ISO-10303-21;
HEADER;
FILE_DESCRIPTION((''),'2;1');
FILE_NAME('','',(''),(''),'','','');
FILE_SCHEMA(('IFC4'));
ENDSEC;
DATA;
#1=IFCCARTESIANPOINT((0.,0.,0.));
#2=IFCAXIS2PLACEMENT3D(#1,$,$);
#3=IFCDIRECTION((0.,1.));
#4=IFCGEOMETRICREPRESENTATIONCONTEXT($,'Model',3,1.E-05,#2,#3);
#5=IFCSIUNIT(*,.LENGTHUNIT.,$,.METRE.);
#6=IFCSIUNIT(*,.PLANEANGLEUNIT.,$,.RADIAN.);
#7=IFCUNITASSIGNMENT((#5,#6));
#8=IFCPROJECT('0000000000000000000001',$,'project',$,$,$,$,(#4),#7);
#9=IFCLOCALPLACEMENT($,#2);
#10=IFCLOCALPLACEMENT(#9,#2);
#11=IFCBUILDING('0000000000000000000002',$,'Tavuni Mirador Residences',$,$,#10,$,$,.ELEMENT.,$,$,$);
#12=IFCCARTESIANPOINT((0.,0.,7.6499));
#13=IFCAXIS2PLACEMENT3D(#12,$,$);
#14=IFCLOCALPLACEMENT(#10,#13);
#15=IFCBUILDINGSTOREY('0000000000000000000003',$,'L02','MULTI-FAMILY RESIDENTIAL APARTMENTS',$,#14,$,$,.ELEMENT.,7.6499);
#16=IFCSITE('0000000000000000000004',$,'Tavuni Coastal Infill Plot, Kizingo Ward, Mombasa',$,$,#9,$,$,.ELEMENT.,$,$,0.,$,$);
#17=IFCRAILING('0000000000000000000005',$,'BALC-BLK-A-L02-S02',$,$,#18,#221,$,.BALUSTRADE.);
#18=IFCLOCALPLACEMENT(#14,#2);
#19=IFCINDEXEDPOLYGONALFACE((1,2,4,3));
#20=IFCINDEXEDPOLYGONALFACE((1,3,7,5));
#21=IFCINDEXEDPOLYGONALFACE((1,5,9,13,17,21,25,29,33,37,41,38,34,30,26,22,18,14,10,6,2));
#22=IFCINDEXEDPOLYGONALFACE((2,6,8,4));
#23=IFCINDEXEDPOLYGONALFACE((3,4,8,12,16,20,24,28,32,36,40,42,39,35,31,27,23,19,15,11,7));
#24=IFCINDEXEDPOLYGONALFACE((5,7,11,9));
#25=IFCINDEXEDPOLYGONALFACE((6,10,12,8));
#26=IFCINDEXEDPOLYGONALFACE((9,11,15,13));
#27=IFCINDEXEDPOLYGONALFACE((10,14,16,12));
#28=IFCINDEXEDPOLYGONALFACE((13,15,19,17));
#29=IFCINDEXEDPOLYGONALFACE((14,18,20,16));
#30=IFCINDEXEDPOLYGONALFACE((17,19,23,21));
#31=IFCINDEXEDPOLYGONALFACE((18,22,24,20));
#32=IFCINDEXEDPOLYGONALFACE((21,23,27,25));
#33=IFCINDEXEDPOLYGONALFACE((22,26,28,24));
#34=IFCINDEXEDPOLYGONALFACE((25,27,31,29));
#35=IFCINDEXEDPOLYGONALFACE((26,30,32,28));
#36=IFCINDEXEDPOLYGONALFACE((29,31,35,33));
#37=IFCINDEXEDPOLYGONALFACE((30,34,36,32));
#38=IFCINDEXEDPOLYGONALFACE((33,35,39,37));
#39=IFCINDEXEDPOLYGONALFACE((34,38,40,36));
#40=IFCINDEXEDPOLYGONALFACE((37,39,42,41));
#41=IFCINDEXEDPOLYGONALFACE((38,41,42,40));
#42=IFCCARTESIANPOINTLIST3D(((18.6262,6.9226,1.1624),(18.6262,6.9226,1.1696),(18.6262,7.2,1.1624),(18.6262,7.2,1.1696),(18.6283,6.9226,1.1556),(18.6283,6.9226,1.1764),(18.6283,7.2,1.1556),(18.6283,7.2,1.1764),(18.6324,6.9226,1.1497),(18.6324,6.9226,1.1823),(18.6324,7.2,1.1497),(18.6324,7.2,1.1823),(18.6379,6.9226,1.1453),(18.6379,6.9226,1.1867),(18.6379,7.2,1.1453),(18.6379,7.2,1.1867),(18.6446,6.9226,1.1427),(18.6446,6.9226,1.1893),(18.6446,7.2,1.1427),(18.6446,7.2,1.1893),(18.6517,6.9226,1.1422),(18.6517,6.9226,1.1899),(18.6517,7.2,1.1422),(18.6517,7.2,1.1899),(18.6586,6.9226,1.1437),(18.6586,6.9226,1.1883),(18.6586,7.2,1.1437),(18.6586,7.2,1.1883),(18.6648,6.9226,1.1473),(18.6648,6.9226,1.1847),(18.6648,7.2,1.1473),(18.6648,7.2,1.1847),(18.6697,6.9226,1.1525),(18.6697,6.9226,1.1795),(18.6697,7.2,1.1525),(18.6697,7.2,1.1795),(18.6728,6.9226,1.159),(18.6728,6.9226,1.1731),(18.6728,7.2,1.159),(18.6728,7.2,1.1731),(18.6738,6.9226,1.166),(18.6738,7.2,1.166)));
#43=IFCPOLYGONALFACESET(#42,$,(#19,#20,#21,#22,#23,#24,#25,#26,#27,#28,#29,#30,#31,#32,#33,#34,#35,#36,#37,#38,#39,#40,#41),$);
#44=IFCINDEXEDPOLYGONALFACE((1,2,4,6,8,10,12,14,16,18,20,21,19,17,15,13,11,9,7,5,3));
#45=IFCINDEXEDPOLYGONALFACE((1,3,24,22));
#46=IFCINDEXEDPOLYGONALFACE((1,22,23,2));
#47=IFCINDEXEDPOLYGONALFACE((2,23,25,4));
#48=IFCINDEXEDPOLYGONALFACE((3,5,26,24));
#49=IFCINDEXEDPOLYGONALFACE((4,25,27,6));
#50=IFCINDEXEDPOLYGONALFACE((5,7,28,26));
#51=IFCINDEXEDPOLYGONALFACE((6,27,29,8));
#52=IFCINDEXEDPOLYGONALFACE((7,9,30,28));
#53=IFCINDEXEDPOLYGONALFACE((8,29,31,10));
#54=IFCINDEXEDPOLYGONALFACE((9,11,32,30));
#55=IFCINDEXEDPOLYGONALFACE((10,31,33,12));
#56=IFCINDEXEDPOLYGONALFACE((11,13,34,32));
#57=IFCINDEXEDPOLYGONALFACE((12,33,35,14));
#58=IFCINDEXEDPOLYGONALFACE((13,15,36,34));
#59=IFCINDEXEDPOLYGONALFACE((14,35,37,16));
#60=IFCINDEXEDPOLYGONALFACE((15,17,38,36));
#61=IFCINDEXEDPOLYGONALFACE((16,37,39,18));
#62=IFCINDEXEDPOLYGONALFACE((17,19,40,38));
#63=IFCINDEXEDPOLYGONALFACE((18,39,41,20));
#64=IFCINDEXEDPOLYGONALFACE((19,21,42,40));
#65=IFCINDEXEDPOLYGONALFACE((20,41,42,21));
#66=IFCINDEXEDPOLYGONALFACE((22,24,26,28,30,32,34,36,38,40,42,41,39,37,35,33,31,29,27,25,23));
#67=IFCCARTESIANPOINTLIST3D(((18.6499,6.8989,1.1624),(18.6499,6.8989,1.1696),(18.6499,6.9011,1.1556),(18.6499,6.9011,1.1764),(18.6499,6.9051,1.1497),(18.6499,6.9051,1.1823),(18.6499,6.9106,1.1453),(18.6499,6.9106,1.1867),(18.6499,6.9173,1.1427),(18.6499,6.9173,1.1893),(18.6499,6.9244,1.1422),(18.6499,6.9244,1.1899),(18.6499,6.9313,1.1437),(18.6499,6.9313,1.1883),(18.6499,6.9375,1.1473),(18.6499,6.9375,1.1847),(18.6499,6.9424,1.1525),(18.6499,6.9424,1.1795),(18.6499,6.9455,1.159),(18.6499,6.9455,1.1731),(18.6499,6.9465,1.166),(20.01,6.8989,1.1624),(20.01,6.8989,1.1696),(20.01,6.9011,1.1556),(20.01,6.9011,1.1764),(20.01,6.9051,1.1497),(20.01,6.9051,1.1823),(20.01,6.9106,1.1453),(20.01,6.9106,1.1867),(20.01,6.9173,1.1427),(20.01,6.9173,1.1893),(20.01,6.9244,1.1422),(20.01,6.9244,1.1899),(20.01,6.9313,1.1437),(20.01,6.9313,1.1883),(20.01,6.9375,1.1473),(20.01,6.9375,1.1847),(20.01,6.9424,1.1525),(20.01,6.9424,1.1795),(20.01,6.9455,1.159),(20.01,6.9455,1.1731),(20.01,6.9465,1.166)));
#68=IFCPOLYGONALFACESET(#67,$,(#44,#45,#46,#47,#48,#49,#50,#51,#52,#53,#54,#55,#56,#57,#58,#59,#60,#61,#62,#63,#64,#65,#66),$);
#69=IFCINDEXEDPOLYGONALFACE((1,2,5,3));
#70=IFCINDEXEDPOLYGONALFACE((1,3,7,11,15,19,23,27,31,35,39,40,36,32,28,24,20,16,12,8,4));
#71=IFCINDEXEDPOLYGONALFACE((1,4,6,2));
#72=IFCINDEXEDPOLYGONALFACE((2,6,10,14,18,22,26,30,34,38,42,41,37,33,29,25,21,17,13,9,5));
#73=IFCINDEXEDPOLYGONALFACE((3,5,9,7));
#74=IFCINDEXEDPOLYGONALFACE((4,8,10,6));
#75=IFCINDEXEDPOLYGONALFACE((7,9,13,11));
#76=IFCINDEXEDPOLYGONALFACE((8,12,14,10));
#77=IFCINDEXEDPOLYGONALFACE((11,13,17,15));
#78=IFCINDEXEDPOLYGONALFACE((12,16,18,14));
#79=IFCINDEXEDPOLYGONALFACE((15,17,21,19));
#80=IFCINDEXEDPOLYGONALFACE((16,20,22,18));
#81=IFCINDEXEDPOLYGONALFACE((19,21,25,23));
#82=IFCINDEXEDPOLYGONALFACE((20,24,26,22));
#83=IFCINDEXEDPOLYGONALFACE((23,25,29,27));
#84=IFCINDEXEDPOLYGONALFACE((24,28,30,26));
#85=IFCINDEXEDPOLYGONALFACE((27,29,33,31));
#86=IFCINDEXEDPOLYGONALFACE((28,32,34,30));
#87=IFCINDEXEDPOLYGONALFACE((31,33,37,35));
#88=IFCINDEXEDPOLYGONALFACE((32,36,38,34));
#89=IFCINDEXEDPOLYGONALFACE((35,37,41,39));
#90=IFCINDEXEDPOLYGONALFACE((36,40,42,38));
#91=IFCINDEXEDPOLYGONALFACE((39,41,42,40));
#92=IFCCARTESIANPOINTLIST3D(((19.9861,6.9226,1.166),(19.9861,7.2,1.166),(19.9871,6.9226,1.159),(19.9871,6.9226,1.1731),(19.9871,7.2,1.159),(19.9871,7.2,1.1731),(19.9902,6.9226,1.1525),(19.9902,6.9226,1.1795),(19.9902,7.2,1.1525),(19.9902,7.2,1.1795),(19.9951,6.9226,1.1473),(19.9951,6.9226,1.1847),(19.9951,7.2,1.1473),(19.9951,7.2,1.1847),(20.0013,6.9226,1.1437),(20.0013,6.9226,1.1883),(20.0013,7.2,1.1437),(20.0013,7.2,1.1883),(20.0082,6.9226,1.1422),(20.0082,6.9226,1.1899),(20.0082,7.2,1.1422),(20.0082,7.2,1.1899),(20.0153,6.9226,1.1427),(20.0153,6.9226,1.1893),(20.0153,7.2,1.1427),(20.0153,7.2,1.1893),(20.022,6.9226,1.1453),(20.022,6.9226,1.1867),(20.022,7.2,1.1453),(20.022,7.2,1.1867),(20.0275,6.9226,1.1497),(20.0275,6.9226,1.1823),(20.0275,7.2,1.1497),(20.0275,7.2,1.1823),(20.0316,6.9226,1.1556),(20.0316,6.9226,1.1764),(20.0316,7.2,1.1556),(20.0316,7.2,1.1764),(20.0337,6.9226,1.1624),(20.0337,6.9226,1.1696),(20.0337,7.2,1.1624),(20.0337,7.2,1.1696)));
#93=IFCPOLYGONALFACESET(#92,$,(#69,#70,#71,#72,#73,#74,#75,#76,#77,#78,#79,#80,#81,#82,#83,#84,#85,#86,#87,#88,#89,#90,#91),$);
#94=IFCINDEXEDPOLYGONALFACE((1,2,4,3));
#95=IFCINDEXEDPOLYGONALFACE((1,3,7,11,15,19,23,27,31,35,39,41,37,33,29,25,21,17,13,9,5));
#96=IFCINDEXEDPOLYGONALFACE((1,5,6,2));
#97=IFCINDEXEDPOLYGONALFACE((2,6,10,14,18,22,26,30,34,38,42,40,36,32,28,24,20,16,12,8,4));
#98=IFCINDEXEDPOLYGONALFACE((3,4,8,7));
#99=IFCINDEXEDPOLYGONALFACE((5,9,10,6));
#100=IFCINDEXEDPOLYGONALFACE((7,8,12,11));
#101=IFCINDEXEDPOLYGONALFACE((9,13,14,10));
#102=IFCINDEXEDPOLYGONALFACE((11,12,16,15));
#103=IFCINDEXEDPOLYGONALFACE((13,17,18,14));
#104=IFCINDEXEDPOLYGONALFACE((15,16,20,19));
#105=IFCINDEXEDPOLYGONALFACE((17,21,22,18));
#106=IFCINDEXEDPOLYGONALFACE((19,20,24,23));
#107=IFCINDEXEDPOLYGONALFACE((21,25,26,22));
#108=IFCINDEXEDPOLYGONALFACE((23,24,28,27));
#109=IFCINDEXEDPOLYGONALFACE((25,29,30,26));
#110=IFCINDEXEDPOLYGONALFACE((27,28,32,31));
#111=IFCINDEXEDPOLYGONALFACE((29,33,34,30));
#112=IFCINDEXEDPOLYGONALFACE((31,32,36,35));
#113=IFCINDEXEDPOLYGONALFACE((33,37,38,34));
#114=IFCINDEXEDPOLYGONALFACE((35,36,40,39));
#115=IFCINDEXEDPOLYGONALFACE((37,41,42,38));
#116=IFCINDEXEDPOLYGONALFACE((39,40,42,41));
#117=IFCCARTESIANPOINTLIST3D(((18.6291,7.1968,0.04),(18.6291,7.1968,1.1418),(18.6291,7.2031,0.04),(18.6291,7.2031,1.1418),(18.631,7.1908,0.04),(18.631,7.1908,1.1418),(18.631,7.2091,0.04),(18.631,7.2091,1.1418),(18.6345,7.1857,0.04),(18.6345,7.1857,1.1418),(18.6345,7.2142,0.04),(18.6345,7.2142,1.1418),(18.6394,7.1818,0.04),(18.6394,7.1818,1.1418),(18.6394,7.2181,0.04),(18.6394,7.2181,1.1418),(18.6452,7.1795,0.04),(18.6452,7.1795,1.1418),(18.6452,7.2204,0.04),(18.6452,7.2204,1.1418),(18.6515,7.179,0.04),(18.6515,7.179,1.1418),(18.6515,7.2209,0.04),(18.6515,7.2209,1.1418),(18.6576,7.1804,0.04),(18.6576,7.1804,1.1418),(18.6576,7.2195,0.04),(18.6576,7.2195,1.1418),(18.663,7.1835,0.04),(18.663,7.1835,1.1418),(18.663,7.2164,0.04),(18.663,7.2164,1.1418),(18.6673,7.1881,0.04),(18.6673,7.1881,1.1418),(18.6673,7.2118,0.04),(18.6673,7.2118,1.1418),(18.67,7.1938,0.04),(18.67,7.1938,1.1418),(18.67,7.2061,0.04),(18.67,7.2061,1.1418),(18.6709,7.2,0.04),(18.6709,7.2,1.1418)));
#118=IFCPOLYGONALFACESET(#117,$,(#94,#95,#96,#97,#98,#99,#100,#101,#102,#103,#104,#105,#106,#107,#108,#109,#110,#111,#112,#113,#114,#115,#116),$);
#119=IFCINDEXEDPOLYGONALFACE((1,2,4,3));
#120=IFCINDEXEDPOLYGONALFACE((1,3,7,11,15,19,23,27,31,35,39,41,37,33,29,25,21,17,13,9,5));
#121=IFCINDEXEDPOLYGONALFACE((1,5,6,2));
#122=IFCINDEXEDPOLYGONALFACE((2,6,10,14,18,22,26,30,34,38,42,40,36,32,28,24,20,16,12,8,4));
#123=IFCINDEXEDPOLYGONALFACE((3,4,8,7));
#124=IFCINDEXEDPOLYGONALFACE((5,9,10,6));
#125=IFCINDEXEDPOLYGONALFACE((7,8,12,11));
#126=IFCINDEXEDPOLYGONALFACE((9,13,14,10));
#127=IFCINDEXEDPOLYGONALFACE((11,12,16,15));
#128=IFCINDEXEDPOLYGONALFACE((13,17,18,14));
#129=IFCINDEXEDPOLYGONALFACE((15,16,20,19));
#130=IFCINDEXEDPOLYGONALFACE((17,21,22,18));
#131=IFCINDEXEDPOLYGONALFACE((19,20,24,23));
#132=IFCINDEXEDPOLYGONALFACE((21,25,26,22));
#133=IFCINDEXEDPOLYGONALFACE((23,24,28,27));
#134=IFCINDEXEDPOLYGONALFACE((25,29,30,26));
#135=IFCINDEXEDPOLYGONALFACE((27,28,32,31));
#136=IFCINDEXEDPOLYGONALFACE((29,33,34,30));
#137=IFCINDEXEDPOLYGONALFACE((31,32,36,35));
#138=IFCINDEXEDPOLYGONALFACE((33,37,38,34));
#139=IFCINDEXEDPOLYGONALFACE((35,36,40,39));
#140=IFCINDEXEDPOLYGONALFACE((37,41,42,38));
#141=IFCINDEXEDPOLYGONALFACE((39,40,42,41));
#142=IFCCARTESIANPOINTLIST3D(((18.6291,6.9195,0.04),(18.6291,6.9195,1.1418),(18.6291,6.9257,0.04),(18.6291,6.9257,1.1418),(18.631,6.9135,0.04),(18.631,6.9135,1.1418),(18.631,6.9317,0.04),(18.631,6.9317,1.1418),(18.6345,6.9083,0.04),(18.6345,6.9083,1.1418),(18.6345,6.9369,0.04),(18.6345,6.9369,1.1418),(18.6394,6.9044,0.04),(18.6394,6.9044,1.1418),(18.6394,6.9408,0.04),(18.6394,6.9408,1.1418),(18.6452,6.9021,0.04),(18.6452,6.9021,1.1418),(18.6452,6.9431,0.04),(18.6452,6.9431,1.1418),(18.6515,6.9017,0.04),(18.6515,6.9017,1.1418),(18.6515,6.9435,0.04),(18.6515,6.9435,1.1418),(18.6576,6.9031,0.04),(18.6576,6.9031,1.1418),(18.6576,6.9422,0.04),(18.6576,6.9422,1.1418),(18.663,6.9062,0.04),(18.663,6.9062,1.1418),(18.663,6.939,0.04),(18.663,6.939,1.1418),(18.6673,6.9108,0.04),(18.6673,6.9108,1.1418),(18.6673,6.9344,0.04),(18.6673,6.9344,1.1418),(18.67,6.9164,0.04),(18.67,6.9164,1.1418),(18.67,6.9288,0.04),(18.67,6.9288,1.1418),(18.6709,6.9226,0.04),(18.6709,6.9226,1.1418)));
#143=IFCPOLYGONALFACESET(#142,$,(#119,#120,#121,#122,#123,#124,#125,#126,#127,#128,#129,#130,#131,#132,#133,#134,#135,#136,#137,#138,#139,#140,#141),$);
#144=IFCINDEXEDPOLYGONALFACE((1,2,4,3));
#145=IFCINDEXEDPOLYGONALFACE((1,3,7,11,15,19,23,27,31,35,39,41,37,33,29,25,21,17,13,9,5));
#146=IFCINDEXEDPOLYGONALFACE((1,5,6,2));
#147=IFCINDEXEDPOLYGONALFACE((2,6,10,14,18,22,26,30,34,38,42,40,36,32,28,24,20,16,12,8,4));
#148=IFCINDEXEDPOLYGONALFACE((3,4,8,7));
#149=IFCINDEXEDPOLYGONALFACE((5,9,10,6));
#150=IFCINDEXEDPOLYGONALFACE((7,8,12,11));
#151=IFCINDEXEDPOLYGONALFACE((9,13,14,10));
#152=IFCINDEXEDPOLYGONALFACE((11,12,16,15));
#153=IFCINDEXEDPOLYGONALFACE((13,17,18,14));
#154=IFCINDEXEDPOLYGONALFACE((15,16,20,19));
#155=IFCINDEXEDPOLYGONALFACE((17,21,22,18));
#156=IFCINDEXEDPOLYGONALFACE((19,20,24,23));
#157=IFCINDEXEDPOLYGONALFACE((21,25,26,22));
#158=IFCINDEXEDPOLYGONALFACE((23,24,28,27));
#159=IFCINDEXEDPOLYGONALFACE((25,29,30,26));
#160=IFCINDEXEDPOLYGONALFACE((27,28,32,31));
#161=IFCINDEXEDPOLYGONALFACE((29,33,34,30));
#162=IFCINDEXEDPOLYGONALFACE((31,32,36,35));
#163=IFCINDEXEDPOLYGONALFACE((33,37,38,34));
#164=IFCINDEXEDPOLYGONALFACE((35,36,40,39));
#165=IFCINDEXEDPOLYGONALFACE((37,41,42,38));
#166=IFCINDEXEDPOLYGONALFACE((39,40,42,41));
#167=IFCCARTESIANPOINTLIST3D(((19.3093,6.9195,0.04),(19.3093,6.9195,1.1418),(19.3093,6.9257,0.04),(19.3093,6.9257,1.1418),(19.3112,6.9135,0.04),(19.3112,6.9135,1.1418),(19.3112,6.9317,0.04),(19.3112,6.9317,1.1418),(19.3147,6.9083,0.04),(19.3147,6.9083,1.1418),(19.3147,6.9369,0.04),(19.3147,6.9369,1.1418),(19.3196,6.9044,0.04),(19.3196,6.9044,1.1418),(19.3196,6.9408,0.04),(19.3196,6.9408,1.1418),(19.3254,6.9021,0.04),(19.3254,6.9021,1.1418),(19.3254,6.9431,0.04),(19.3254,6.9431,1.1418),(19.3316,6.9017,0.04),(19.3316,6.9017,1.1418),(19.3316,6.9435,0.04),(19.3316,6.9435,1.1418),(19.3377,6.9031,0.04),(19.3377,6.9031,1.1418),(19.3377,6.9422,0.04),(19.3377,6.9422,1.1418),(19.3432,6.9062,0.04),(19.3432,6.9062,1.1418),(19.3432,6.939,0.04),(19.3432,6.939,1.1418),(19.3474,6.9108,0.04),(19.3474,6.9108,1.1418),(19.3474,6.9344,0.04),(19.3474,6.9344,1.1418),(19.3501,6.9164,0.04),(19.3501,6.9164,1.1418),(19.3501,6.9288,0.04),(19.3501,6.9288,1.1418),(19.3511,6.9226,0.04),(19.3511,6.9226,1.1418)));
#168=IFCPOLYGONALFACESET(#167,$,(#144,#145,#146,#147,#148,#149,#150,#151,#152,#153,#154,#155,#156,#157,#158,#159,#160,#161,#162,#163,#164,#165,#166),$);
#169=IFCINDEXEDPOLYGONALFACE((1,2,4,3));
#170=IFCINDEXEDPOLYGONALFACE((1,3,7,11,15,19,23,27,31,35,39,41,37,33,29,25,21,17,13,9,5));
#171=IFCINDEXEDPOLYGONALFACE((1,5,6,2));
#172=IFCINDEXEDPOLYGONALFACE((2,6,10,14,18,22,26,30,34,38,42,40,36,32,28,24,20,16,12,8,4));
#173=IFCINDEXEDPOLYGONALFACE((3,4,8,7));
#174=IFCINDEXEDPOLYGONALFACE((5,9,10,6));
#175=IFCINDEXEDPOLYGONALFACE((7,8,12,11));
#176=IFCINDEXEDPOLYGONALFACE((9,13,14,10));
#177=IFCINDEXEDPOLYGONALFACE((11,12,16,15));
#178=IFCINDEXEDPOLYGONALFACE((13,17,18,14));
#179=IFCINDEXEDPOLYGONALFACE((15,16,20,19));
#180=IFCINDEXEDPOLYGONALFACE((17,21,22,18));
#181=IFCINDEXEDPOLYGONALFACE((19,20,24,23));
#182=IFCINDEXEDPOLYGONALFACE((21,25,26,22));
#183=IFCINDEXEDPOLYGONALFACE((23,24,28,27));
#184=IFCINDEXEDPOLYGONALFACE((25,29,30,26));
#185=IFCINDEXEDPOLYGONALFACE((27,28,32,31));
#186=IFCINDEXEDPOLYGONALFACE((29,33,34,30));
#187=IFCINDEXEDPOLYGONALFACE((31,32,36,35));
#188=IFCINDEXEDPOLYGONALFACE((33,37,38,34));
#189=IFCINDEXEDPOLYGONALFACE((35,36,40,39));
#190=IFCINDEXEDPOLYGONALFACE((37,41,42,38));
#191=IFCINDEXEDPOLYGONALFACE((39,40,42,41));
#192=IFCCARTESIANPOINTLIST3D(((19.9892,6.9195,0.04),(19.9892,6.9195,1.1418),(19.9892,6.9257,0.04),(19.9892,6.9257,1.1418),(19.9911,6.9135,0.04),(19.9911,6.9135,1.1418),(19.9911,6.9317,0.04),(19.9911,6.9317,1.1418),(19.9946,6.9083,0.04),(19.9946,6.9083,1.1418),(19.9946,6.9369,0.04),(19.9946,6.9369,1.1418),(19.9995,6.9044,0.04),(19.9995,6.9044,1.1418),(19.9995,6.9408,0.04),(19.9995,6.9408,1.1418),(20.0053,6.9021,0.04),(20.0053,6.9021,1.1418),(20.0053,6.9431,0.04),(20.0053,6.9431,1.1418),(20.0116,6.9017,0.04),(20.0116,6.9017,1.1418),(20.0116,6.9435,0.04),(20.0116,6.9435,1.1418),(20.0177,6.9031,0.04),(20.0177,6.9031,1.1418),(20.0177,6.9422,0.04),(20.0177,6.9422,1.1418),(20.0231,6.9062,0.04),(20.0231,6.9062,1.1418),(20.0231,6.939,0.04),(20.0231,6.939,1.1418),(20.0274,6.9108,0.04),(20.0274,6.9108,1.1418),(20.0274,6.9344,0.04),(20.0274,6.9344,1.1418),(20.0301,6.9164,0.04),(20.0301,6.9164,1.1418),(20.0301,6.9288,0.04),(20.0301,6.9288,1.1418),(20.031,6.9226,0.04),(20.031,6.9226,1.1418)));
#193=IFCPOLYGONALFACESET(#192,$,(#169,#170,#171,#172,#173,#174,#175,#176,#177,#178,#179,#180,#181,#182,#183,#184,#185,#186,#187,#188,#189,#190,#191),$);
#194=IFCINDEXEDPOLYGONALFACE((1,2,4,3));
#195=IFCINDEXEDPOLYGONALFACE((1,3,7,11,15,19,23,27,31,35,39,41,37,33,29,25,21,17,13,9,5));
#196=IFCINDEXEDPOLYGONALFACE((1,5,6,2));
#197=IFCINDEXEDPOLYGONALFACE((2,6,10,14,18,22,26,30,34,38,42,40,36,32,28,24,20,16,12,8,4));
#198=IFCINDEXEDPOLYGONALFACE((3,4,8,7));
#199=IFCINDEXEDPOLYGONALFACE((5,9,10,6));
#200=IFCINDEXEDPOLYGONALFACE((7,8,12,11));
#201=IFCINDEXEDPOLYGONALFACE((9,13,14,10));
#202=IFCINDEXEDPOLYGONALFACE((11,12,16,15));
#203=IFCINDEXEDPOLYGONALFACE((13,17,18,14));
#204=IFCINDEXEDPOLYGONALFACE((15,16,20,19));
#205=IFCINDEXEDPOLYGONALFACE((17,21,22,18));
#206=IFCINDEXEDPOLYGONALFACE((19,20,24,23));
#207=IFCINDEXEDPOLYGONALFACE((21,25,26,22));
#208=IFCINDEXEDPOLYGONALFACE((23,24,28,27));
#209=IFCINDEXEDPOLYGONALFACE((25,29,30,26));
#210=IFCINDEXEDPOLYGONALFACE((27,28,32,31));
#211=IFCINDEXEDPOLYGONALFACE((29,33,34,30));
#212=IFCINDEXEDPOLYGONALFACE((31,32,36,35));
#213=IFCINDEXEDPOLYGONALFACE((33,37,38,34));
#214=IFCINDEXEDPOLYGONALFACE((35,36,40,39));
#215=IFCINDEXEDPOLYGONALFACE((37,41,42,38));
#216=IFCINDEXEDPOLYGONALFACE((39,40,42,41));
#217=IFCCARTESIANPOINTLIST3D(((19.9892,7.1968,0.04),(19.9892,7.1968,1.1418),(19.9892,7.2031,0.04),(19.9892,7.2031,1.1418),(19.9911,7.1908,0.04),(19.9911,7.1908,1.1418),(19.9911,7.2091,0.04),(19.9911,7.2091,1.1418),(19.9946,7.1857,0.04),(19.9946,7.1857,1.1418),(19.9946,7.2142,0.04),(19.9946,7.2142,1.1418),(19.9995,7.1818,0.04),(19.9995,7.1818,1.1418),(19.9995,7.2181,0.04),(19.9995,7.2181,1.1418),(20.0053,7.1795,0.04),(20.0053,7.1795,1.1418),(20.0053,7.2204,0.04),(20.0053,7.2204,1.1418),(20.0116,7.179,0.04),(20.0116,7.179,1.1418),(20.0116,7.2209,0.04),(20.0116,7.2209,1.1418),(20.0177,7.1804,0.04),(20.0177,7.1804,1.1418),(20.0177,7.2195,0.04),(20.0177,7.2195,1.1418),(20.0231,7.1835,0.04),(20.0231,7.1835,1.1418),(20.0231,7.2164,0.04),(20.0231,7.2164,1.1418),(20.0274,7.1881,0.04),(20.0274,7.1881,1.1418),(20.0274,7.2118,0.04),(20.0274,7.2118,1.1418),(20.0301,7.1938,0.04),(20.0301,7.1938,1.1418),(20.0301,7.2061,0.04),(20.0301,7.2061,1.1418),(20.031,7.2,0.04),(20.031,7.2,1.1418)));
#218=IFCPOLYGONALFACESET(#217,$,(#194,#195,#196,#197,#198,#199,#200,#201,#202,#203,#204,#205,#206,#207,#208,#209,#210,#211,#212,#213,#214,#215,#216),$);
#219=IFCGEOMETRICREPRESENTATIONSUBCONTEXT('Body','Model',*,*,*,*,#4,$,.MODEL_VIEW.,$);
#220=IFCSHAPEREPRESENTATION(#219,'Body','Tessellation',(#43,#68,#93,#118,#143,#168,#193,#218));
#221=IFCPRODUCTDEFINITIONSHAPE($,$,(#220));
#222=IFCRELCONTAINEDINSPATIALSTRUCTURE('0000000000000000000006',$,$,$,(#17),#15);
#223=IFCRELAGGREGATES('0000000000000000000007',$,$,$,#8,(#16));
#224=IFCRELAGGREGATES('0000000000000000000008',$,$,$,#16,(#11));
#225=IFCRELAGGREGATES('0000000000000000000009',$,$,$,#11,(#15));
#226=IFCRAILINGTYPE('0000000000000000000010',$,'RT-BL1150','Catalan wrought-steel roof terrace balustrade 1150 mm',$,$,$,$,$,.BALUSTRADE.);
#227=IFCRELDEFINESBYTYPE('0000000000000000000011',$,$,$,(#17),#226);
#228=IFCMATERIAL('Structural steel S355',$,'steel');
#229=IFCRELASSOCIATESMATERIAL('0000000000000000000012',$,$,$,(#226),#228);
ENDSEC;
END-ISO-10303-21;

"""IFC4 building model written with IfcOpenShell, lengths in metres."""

from ifc_helpers import new_model, si_unit, direction, frame, origin, origin_2d, place, context, subcontext, project, spatial, circle, extrude, material, type_object, element, save


model = new_model("IFC4")

# Units and contexts
model_context = context("Model", 3, precision=1e-05, world=origin(), true_north=direction((0.0, 1.0)))
body_context = subcontext(model_context, "Body", "Model", "MODEL_VIEW")
ifc_project = project(units=[si_unit("LENGTHUNIT", "METRE"), si_unit("PLANEANGLEUNIT", "RADIAN")], contexts=[model_context])

# Site, building, storey
site_placement = place(None, origin())
site = spatial("IfcSite", under=ifc_project, at=site_placement, Name="Tavuni Coastal Infill Plot, Kizingo Ward, Mombasa", CompositionType="ELEMENT", RefElevation=0.0)
building_placement = place(site_placement, origin())
building = spatial("IfcBuilding", under=site, at=building_placement, Name="Tavuni Mirador Residences", CompositionType="ELEMENT")
storey_placement = place(building_placement, frame((0.0, 0.0, 7.6499)))
storey = spatial("IfcBuildingStorey", under=building, at=storey_placement, Name="L02", Description="MULTI-FAMILY RESIDENTIAL APARTMENTS", CompositionType="ELEMENT", Elevation=7.6499)

# Railing
ifc_material_1 = material(Name="Structural steel S355", Category="steel")
railing_type = type_object("IfcRailingType", Name="RT-BL1150", Description="Catalan wrought-steel roof terrace balustrade 1150 mm", PredefinedType="BALUSTRADE", material=ifc_material_1)
railing_placement = place(storey_placement, frame((18.6499, 7.2, 0.04)))
element("IfcRailing", 1, at=railing_placement, inside=storey, type_object=railing_type, Name="BALC-BLK-A-L02-S02", PredefinedType="BALUSTRADE", context=body_context, shape_type="SweptSolid", body=[
    extrude(circle(Radius=0.0239, at=origin_2d()), frame((0.0, 0.0, 1.126), z_axis=(0.0, -1.0, 0.0), x_axis=(1.0, 0.0, 0.0)), (0.0, 0.0, 1.0), 0.2773),
    extrude(circle(Radius=0.0239, at=origin_2d()), frame((0.0, -0.2773, 1.126), z_axis=(1.0, 0.0, 0.0), x_axis=(0.0, 1.0, 0.0)), (0.0, 0.0, 1.0), 1.3601),
    extrude(circle(Radius=0.0239, at=origin_2d()), frame((1.3601, -0.2773, 1.126), z_axis=(0.0, 1.0, 0.0), x_axis=(-1.0, 0.0, 0.0)), (0.0, 0.0, 1.0), 0.2773),
    extrude(circle(Radius=0.021, at=origin_2d()), origin(), (0.0, 0.0, 1.0), 1.1018),
    extrude(circle(Radius=0.021, at=origin_2d()), frame((0.0, -0.2773, 0.0)), (0.0, 0.0, 1.0), 1.1018),
    extrude(circle(Radius=0.021, at=origin_2d()), frame((0.6802, -0.2773, 0.0)), (0.0, 0.0, 1.0), 1.1018),
    extrude(circle(Radius=0.021, at=origin_2d()), frame((1.3601, -0.2773, 0.0)), (0.0, 0.0, 1.0), 1.1018),
    extrude(circle(Radius=0.021, at=origin_2d()), frame((1.3601, 0.0, 0.0)), (0.0, 0.0, 1.0), 1.1018),
])

save(model, "model.ifc")
